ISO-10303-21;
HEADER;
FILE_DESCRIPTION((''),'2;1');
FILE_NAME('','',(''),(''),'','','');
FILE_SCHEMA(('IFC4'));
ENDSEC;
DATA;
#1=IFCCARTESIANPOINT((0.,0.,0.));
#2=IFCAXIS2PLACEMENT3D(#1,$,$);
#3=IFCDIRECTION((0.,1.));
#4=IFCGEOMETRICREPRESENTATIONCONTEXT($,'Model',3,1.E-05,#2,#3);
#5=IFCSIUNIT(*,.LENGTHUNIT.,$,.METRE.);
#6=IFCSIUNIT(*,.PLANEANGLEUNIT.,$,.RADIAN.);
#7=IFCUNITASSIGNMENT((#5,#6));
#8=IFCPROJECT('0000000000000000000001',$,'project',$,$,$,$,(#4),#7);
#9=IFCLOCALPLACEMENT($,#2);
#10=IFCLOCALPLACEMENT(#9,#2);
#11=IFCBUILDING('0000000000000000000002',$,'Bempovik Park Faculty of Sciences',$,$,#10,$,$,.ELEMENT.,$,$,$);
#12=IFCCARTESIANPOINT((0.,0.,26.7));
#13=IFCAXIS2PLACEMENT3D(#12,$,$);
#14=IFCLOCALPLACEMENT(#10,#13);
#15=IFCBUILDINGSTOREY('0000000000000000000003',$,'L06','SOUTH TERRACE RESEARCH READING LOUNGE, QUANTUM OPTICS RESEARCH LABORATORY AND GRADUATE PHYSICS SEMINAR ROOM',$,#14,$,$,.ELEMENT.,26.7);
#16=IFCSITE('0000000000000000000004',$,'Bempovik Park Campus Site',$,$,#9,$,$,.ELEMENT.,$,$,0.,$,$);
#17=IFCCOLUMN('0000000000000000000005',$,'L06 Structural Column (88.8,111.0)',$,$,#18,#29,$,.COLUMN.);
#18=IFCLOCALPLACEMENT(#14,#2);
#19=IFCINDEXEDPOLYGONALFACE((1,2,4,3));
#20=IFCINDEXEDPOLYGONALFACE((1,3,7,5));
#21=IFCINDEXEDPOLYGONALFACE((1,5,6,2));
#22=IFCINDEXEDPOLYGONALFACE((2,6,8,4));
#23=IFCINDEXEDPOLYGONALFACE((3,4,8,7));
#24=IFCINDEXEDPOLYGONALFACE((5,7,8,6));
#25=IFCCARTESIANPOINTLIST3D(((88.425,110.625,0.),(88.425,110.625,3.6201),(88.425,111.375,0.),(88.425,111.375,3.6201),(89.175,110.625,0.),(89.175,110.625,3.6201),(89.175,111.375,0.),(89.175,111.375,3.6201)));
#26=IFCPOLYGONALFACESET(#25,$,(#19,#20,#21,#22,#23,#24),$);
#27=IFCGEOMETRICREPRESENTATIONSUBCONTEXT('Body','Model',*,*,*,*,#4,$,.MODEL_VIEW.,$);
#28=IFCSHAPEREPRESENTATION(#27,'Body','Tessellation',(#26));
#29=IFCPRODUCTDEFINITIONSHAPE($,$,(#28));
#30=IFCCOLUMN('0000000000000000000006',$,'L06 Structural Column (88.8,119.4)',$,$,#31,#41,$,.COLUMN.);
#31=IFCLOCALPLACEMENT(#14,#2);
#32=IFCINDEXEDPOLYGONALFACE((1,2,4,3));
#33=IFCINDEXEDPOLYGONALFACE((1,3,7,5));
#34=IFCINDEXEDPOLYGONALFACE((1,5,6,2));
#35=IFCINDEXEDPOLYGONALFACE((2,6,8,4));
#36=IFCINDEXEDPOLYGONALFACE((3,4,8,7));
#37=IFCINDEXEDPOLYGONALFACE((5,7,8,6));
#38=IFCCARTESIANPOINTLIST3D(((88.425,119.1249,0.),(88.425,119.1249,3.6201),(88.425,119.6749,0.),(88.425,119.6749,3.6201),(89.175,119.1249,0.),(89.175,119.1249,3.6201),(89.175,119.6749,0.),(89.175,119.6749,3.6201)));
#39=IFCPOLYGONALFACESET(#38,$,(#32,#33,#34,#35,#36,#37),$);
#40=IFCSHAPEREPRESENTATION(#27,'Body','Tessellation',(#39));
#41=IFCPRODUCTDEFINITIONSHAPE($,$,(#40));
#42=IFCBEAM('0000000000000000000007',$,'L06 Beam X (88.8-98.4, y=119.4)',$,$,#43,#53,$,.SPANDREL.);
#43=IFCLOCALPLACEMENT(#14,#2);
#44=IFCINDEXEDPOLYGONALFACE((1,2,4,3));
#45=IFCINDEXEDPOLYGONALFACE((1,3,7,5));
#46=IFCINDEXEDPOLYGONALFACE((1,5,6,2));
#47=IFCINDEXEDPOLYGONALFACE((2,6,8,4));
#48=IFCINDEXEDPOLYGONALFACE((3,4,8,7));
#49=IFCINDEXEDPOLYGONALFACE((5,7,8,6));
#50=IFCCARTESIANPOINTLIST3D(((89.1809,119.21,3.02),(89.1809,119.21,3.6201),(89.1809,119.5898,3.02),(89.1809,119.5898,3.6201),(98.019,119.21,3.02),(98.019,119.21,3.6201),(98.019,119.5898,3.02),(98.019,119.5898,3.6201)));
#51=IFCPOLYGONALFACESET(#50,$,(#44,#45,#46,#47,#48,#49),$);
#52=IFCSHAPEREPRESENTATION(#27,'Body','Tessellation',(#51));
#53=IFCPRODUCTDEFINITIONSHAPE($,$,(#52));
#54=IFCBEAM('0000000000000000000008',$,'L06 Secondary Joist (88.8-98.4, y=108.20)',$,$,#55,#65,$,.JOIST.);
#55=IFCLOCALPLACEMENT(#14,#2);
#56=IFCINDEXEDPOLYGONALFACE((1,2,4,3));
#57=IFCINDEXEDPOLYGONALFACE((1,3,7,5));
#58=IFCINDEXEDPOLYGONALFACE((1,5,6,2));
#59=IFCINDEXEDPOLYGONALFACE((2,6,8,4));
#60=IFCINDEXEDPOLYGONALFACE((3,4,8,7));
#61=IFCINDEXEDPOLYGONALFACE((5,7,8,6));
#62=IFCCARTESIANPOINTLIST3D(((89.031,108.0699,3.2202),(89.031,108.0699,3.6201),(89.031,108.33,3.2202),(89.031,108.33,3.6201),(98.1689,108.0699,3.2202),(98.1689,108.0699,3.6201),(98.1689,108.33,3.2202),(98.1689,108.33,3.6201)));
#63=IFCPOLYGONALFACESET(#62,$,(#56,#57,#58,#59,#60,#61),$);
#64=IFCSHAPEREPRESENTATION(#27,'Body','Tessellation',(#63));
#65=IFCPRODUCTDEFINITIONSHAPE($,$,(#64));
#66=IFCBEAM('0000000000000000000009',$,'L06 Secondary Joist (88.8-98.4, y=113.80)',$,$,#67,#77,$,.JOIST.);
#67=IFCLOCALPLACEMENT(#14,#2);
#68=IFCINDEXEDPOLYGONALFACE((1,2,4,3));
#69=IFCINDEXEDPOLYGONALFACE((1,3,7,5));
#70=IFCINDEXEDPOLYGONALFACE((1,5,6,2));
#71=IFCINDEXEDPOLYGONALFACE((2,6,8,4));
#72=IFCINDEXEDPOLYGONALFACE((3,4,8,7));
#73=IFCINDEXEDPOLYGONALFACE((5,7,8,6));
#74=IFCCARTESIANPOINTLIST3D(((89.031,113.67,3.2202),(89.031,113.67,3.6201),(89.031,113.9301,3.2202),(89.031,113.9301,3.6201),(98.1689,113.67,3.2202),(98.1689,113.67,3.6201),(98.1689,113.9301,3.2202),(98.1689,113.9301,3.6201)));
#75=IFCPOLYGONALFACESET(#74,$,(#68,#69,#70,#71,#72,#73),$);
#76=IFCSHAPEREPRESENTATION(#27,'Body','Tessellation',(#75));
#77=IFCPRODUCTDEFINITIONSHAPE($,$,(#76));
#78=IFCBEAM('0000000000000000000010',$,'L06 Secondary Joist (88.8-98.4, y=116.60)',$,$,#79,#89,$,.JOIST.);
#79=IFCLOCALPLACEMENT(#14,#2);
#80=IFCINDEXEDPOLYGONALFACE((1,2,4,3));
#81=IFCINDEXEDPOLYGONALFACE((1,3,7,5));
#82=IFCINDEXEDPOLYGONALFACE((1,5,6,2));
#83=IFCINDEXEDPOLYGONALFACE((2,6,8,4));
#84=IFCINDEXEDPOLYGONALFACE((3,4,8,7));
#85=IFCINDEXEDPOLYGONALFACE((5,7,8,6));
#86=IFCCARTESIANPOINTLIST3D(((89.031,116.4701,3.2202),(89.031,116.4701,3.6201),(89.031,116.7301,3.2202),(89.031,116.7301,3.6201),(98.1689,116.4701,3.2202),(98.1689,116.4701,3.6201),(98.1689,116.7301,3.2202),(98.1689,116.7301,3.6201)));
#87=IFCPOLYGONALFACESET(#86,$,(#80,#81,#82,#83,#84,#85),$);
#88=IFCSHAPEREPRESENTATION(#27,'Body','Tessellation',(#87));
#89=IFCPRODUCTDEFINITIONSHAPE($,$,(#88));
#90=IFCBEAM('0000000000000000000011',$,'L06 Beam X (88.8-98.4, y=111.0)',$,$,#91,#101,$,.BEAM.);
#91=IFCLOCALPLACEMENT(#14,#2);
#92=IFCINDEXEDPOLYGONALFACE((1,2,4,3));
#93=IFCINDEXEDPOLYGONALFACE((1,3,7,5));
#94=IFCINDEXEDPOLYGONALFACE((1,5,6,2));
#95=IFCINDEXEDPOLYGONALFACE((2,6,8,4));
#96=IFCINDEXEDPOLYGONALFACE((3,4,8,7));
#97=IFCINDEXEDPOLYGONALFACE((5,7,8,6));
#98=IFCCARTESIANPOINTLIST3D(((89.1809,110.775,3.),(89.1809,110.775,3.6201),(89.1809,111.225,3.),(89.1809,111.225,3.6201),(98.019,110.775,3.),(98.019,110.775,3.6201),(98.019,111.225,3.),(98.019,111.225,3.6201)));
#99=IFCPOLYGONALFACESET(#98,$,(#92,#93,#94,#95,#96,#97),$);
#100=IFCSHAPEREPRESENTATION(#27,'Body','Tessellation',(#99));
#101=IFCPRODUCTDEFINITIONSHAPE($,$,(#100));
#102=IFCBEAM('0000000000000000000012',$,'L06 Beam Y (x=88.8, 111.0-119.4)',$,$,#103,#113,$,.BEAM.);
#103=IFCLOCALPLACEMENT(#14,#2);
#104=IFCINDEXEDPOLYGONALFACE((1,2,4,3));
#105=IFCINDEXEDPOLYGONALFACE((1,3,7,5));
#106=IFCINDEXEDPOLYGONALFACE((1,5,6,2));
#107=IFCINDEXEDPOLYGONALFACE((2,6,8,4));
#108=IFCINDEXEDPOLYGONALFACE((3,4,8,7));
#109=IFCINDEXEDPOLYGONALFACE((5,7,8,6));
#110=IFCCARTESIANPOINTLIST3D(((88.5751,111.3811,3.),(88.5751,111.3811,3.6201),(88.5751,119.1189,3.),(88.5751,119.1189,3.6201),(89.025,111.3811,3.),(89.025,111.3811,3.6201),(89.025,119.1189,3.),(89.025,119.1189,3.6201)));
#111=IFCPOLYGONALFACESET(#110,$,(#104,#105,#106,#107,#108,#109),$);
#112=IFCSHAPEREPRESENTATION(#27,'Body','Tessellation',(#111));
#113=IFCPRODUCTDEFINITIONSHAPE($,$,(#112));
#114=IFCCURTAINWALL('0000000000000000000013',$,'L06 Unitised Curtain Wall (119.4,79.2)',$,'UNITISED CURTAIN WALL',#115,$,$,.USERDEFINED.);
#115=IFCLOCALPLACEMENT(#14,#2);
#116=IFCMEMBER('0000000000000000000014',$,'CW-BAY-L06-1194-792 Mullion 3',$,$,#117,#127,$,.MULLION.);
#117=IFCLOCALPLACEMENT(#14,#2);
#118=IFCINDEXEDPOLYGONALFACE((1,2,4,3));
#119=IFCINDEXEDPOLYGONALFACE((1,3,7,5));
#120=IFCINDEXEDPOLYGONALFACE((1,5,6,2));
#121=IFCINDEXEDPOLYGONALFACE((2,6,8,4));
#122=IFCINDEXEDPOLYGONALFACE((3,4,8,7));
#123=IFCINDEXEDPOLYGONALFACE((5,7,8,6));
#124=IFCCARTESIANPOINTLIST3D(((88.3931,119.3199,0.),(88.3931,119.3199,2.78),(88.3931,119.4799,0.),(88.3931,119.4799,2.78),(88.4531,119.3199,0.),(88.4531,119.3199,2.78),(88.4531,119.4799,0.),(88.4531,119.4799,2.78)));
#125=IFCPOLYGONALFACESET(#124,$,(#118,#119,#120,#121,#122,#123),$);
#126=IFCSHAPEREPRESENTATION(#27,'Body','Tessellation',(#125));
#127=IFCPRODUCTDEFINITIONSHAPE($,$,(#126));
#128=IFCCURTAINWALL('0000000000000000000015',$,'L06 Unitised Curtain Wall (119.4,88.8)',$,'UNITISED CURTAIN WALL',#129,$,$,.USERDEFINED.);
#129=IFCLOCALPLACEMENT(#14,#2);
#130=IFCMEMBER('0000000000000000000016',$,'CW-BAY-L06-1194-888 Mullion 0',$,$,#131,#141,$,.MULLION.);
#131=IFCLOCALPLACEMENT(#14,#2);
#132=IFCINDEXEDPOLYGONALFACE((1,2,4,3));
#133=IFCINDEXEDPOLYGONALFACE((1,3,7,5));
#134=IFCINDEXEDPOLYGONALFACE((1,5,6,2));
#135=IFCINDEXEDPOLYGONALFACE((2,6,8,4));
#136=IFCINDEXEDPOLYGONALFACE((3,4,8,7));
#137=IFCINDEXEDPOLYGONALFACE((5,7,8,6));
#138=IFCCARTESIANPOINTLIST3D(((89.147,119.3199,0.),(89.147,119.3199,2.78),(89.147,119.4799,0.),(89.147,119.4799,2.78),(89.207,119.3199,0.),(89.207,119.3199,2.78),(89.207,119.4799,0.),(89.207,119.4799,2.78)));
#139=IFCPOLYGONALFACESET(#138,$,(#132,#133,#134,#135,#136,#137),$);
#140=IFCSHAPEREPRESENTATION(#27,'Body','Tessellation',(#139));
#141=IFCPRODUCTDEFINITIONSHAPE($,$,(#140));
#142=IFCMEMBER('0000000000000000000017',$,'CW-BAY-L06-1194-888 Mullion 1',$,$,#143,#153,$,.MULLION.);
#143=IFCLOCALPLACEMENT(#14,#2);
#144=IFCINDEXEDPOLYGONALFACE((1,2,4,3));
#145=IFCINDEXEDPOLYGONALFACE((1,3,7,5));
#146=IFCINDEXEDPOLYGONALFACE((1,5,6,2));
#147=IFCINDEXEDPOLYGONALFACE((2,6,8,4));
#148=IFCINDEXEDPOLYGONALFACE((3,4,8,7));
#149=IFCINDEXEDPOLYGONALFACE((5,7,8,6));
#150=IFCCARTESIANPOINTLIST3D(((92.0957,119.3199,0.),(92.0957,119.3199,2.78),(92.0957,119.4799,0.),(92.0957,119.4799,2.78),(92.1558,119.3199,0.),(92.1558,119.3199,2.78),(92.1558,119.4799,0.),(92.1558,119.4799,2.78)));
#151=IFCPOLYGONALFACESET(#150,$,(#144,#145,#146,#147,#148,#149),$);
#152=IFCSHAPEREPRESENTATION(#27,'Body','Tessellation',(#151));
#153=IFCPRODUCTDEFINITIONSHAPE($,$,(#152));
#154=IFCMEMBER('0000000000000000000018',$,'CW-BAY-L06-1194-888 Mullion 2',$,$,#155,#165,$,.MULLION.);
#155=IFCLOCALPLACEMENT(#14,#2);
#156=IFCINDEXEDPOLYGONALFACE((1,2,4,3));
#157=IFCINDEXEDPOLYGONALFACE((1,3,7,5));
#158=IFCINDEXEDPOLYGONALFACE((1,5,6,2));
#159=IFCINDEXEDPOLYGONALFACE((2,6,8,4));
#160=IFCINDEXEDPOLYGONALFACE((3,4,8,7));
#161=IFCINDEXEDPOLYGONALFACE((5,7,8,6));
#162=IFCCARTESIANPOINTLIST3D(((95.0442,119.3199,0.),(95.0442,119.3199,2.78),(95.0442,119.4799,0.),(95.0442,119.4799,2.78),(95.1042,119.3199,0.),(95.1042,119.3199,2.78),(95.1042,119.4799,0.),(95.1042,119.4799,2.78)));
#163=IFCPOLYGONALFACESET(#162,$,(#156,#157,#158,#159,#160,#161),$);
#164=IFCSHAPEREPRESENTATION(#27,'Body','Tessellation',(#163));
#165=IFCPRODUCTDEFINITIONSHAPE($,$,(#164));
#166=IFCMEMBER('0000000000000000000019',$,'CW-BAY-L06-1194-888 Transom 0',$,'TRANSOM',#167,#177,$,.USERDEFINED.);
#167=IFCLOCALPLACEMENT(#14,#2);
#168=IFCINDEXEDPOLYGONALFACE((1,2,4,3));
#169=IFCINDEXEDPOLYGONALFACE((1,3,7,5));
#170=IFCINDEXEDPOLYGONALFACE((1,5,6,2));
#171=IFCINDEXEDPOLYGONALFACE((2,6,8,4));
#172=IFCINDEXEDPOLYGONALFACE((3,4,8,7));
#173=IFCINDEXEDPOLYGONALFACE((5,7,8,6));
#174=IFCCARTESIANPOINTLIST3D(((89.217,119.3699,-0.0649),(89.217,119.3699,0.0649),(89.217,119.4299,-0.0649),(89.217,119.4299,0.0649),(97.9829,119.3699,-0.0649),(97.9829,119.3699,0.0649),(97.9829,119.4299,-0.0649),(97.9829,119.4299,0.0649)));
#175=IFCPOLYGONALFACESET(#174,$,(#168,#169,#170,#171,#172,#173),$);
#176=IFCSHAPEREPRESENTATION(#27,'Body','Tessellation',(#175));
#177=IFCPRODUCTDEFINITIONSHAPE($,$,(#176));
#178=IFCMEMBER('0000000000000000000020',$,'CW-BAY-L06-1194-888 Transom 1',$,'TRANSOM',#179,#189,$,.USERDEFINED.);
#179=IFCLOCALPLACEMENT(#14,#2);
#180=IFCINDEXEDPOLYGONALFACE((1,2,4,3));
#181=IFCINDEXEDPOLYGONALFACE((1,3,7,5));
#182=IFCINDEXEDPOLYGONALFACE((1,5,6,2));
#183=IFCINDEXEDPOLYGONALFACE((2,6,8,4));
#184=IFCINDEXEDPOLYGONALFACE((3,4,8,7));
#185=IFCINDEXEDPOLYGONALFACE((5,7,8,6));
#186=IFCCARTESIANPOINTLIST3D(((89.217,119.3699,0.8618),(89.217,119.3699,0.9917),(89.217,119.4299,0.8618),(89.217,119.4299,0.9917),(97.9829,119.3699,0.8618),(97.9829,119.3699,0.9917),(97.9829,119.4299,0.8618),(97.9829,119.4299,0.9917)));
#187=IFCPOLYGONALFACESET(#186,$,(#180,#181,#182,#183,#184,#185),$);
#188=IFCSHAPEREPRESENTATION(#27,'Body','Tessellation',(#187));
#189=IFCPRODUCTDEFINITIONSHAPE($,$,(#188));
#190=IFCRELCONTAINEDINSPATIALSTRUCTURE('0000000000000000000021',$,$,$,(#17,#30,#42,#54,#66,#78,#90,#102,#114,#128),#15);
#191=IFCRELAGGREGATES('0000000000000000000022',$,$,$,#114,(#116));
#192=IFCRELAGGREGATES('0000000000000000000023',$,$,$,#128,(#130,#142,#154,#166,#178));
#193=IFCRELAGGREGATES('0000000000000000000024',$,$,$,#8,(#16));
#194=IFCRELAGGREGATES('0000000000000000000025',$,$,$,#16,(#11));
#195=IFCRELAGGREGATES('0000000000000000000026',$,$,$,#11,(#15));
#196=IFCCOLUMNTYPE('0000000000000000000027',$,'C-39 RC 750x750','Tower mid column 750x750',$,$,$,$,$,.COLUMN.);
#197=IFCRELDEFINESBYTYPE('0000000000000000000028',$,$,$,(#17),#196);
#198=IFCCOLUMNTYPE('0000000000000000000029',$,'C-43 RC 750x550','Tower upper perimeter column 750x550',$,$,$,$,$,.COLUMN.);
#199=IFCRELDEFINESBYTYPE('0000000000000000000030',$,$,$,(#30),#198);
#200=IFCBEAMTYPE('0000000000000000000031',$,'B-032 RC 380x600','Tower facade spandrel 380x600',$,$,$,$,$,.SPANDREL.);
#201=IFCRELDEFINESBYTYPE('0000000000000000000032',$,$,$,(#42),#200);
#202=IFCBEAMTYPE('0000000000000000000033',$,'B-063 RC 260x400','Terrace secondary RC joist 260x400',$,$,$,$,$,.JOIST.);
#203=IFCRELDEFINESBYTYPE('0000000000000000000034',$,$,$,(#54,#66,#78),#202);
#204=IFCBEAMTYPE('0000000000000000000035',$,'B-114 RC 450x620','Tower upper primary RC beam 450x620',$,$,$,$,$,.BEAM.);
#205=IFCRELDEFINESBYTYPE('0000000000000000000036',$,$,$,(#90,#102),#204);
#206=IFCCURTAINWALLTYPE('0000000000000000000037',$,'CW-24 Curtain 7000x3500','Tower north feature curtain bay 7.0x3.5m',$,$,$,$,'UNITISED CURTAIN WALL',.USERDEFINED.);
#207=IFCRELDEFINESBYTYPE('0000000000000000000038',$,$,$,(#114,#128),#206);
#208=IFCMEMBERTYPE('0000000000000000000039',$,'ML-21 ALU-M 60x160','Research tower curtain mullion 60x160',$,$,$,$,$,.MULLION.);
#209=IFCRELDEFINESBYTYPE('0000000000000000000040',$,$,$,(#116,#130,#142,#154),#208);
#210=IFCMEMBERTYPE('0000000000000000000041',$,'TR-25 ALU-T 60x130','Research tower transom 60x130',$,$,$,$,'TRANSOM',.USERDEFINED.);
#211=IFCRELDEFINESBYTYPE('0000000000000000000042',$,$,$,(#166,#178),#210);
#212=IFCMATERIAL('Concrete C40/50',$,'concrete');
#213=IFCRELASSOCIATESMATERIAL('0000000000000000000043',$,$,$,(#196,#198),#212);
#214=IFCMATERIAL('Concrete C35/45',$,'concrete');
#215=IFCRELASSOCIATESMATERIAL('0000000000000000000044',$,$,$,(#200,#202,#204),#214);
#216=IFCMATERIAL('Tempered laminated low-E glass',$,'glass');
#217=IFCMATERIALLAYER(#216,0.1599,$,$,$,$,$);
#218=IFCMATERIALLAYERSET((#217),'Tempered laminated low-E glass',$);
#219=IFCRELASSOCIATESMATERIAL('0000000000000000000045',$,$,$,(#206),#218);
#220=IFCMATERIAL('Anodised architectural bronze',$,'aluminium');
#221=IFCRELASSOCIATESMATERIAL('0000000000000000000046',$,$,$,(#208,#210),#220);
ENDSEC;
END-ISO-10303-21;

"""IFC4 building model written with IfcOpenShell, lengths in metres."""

from ifc_helpers import new_model, si_unit, direction, frame, origin, origin_2d, place, context, subcontext, project, spatial, rectangle, extrude, material, layer, layer_set, material_profile, profile_set, type_object, element, aggregate, save


model = new_model("IFC4")

# Units and contexts
model_context = context("Model", 3, precision=1e-05, world=origin(), true_north=direction((0.0, 1.0)))
body_context = subcontext(model_context, "Body", "Model", "MODEL_VIEW")
ifc_project = project(units=[si_unit("LENGTHUNIT", "METRE"), si_unit("PLANEANGLEUNIT", "RADIAN")], contexts=[model_context])

# Site, building, storey
site_placement = place(None, origin())
site = spatial("IfcSite", under=ifc_project, at=site_placement, Name="Bempovik Park Campus Site", CompositionType="ELEMENT", RefElevation=0.0)
building_placement = place(site_placement, origin())
building = spatial("IfcBuilding", under=site, at=building_placement, Name="Bempovik Park Faculty of Sciences", CompositionType="ELEMENT")
storey_placement = place(building_placement, frame((0.0, 0.0, 26.7)))
storey = spatial("IfcBuildingStorey", under=building, at=storey_placement, Name="L06", Description="SOUTH TERRACE RESEARCH READING LOUNGE, QUANTUM OPTICS RESEARCH LABORATORY AND GRADUATE PHYSICS SEMINAR ROOM", CompositionType="ELEMENT", Elevation=26.7)

# Columns
ifc_material_1 = material(Name="Concrete C40/50", Category="concrete")
ifc_material_profile_1 = material_profile(ifc_material_1, rectangle(XDim=0.75, YDim=0.75, at=origin_2d()), Name="RC 750x750")
ifc_profile_set_1 = profile_set([ifc_material_profile_1], Name="Concrete C40/50")
column_type_1 = type_object("IfcColumnType", Name="C-39 RC 750x750", Description="Tower mid column 750x750", PredefinedType="COLUMN", material=ifc_profile_set_1)
column_1_placement = place(storey_placement, frame((88.8, 111.0, 0.0), z_axis=(0.0, 0.0, 1.0), x_axis=(1.0, 0.0, 0.0)))
element("IfcColumn", 1, at=column_1_placement, inside=storey, type_object=column_type_1, Name="L06 Structural Column (88.8,111.0)", PredefinedType="COLUMN", context=body_context, shape_type="SweptSolid", body=[
    extrude(rectangle(XDim=0.75, YDim=0.75, at=origin_2d()), origin(), (0.0, 0.0, 1.0), 3.6201),
])
ifc_material_profile_2 = material_profile(ifc_material_1, rectangle(XDim=0.75, YDim=0.55, at=origin_2d()), Name="RC 750x550")
ifc_profile_set_2 = profile_set([ifc_material_profile_2], Name="Concrete C40/50")
column_type_2 = type_object("IfcColumnType", Name="C-43 RC 750x550", Description="Tower upper perimeter column 750x550", PredefinedType="COLUMN", material=ifc_profile_set_2)
column_2_placement = place(storey_placement, frame((88.8, 119.3999, 0.0), z_axis=(0.0, 0.0, 1.0), x_axis=(1.0, 0.0, 0.0)))
element("IfcColumn", 2, at=column_2_placement, inside=storey, type_object=column_type_2, Name="L06 Structural Column (88.8,119.4)", PredefinedType="COLUMN", context=body_context, shape_type="SweptSolid", body=[
    extrude(rectangle(XDim=0.75, YDim=0.55, at=origin_2d()), origin(), (0.0, 0.0, 1.0), 3.6201),
])

# Beams
ifc_material_2 = material(Name="Concrete C35/45", Category="concrete")
ifc_material_profile_3 = material_profile(ifc_material_2, rectangle(XDim=0.3799, YDim=0.6001, at=origin_2d()), Name="RC 380x600")
ifc_profile_set_3 = profile_set([ifc_material_profile_3], Name="Concrete C35/45")
beam_type_1 = type_object("IfcBeamType", Name="B-032 RC 380x600", Description="Tower facade spandrel 380x600", PredefinedType="SPANDREL", material=ifc_profile_set_3)
beam_1_placement = place(storey_placement, frame((89.1809, 119.3999, 3.3201), z_axis=(1.0, 0.0, 0.0), x_axis=(0.0, 1.0, 0.0)))
element("IfcBeam", 3, at=beam_1_placement, inside=storey, type_object=beam_type_1, Name="L06 Beam X (88.8-98.4, y=119.4)", PredefinedType="SPANDREL", context=body_context, shape_type="SweptSolid", body=[
    extrude(rectangle(XDim=0.3799, YDim=0.6001, at=origin_2d()), origin(), (0.0, 0.0, 1.0), 8.8381),
])
ifc_material_profile_4 = material_profile(ifc_material_2, rectangle(XDim=0.26, YDim=0.3999, at=origin_2d()), Name="RC 260x400")
ifc_profile_set_4 = profile_set([ifc_material_profile_4], Name="Concrete C35/45")
beam_type_2 = type_object("IfcBeamType", Name="B-063 RC 260x400", Description="Terrace secondary RC joist 260x400", PredefinedType="JOIST", material=ifc_profile_set_4)
for number, where, z_axis, x_axis, name in (
    (4, (89.031, 108.2, 3.4202), (1.0, 0.0, 0.0), (0.0, 1.0, 0.0), "L06 Secondary Joist (88.8-98.4, y=108.20)"),
    (5, (89.031, 113.8, 3.4202), (1.0, 0.0, 0.0), (0.0, 1.0, 0.0), "L06 Secondary Joist (88.8-98.4, y=113.80)"),
    (6, (89.031, 116.6001, 3.4202), (1.0, 0.0, 0.0), (0.0, 1.0, 0.0), "L06 Secondary Joist (88.8-98.4, y=116.60)"),
):
    element("IfcBeam", number, at=place(storey_placement, frame(where, z_axis=z_axis, x_axis=x_axis)), inside=storey, type_object=beam_type_2, Name=name, PredefinedType="JOIST", context=body_context, shape_type="SweptSolid", body=[
        extrude(rectangle(XDim=0.26, YDim=0.3999, at=origin_2d()), origin(), (0.0, 0.0, 1.0), 9.1379),
    ])
ifc_material_profile_5 = material_profile(ifc_material_2, rectangle(XDim=0.45, YDim=0.6201, at=origin_2d()), Name="RC 450x620")
ifc_profile_set_5 = profile_set([ifc_material_profile_5], Name="Concrete C35/45")
beam_type_3 = type_object("IfcBeamType", Name="B-114 RC 450x620", Description="Tower upper primary RC beam 450x620", PredefinedType="BEAM", material=ifc_profile_set_5)
beam_2_placement = place(storey_placement, frame((89.1809, 111.0, 3.3101), z_axis=(1.0, 0.0, 0.0), x_axis=(0.0, 1.0, 0.0)))
element("IfcBeam", 7, at=beam_2_placement, inside=storey, type_object=beam_type_3, Name="L06 Beam X (88.8-98.4, y=111.0)", PredefinedType="BEAM", context=body_context, shape_type="SweptSolid", body=[
    extrude(rectangle(XDim=0.45, YDim=0.6201, at=origin_2d()), origin(), (0.0, 0.0, 1.0), 8.8381),
])
beam_3_placement = place(storey_placement, frame((88.8, 111.3811, 3.3101), z_axis=(0.0, 1.0, 0.0), x_axis=(-1.0, 0.0, 0.0)))
element("IfcBeam", 8, at=beam_3_placement, inside=storey, type_object=beam_type_3, Name="L06 Beam Y (x=88.8, 111.0-119.4)", PredefinedType="BEAM", context=body_context, shape_type="SweptSolid", body=[
    extrude(rectangle(XDim=0.45, YDim=0.6201, at=origin_2d()), origin(), (0.0, 0.0, 1.0), 7.7378),
])

# Curtain wall, member
ifc_material_3 = material(Name="Tempered laminated low-E glass", Category="glass")
ifc_layer_1 = layer(ifc_material_3, 0.1599)
ifc_layer_set_1 = layer_set([ifc_layer_1], Name="Tempered laminated low-E glass")
curtain_wall_type = type_object("IfcCurtainWallType", Name="CW-24 Curtain 7000x3500", Description="Tower north feature curtain bay 7.0x3.5m", ElementType="UNITISED CURTAIN WALL", PredefinedType="USERDEFINED", material=ifc_layer_set_1)
curtain_wall_1_placement = place(storey_placement, origin())
curtain_wall_1 = element("IfcCurtainWall", 9, at=curtain_wall_1_placement, inside=storey, type_object=curtain_wall_type, Name="L06 Unitised Curtain Wall (119.4,79.2)", ObjectType="UNITISED CURTAIN WALL", PredefinedType="USERDEFINED")
ifc_material_4 = material(Name="Anodised architectural bronze", Category="aluminium")
ifc_material_profile_6 = material_profile(ifc_material_4, rectangle(XDim=0.0601, YDim=0.1599, at=origin_2d()), Name="ALU-M 60x160")
ifc_profile_set_6 = profile_set([ifc_material_profile_6], Name="Anodised architectural bronze")
member_type_1 = type_object("IfcMemberType", Name="ML-21 ALU-M 60x160", Description="Research tower curtain mullion 60x160", PredefinedType="MULLION", material=ifc_profile_set_6)
member_1_placement = place(storey_placement, frame((88.4231, 119.3999, 0.0), z_axis=(0.0, 0.0, 1.0), x_axis=(1.0, 0.0, 0.0)))
member_1 = element("IfcMember", 10, at=member_1_placement, type_object=member_type_1, Name="CW-BAY-L06-1194-792 Mullion 3", PredefinedType="MULLION", context=body_context, shape_type="SweptSolid", body=[
    extrude(rectangle(XDim=0.0601, YDim=0.1599, at=origin_2d()), origin(), (0.0, 0.0, 1.0), 2.78),
])

# Curtain wall, members
curtain_wall_2_placement = place(storey_placement, origin())
curtain_wall_2 = element("IfcCurtainWall", 11, at=curtain_wall_2_placement, inside=storey, type_object=curtain_wall_type, Name="L06 Unitised Curtain Wall (119.4,88.8)", ObjectType="UNITISED CURTAIN WALL", PredefinedType="USERDEFINED")
member_2_placement = place(storey_placement, frame((89.177, 119.3999, 0.0), z_axis=(0.0, 0.0, 1.0), x_axis=(1.0, 0.0, 0.0)))
member_2 = element("IfcMember", 12, at=member_2_placement, type_object=member_type_1, Name="CW-BAY-L06-1194-888 Mullion 0", PredefinedType="MULLION", context=body_context, shape_type="SweptSolid", body=[
    extrude(rectangle(XDim=0.0601, YDim=0.1599, at=origin_2d()), origin(), (0.0, 0.0, 1.0), 2.78),
])
member_3_placement = place(storey_placement, frame((92.1257, 119.3999, 0.0), z_axis=(0.0, 0.0, 1.0), x_axis=(1.0, 0.0, 0.0)))
member_3 = element("IfcMember", 13, at=member_3_placement, type_object=member_type_1, Name="CW-BAY-L06-1194-888 Mullion 1", PredefinedType="MULLION", context=body_context, shape_type="SweptSolid", body=[
    extrude(rectangle(XDim=0.0601, YDim=0.1599, at=origin_2d()), origin(), (0.0, 0.0, 1.0), 2.78),
])
member_4_placement = place(storey_placement, frame((95.0742, 119.3999, 0.0), z_axis=(0.0, 0.0, 1.0), x_axis=(1.0, 0.0, 0.0)))
member_4 = element("IfcMember", 14, at=member_4_placement, type_object=member_type_1, Name="CW-BAY-L06-1194-888 Mullion 2", PredefinedType="MULLION", context=body_context, shape_type="SweptSolid", body=[
    extrude(rectangle(XDim=0.0601, YDim=0.1599, at=origin_2d()), origin(), (0.0, 0.0, 1.0), 2.78),
])
ifc_material_profile_7 = material_profile(ifc_material_4, rectangle(XDim=0.0601, YDim=0.1299, at=origin_2d()), Name="ALU-T 60x130")
ifc_profile_set_7 = profile_set([ifc_material_profile_7], Name="Anodised architectural bronze")
member_type_2 = type_object("IfcMemberType", Name="TR-25 ALU-T 60x130", Description="Research tower transom 60x130", ElementType="TRANSOM", PredefinedType="USERDEFINED", material=ifc_profile_set_7)
member_5_placement = place(storey_placement, frame((89.217, 119.3999, 0.0), z_axis=(1.0, 0.0, 0.0), x_axis=(0.0, 1.0, 0.0)))
member_5 = element("IfcMember", 15, at=member_5_placement, type_object=member_type_2, Name="CW-BAY-L06-1194-888 Transom 0", ObjectType="TRANSOM", PredefinedType="USERDEFINED", context=body_context, shape_type="SweptSolid", body=[
    extrude(rectangle(XDim=0.0601, YDim=0.1299, at=origin_2d()), origin(), (0.0, 0.0, 1.0), 8.7659),
])
member_6_placement = place(storey_placement, frame((89.217, 119.3999, 0.9268), z_axis=(1.0, 0.0, 0.0), x_axis=(0.0, 1.0, 0.0)))
member_6 = element("IfcMember", 16, at=member_6_placement, type_object=member_type_2, Name="CW-BAY-L06-1194-888 Transom 1", ObjectType="TRANSOM", PredefinedType="USERDEFINED", context=body_context, shape_type="SweptSolid", body=[
    extrude(rectangle(XDim=0.0601, YDim=0.1299, at=origin_2d()), origin(), (0.0, 0.0, 1.0), 8.7659),
])

aggregate(curtain_wall_1, [member_1])
aggregate(curtain_wall_2, [member_2, member_3, member_4, member_5, member_6])

save(model, "model.ifc")
